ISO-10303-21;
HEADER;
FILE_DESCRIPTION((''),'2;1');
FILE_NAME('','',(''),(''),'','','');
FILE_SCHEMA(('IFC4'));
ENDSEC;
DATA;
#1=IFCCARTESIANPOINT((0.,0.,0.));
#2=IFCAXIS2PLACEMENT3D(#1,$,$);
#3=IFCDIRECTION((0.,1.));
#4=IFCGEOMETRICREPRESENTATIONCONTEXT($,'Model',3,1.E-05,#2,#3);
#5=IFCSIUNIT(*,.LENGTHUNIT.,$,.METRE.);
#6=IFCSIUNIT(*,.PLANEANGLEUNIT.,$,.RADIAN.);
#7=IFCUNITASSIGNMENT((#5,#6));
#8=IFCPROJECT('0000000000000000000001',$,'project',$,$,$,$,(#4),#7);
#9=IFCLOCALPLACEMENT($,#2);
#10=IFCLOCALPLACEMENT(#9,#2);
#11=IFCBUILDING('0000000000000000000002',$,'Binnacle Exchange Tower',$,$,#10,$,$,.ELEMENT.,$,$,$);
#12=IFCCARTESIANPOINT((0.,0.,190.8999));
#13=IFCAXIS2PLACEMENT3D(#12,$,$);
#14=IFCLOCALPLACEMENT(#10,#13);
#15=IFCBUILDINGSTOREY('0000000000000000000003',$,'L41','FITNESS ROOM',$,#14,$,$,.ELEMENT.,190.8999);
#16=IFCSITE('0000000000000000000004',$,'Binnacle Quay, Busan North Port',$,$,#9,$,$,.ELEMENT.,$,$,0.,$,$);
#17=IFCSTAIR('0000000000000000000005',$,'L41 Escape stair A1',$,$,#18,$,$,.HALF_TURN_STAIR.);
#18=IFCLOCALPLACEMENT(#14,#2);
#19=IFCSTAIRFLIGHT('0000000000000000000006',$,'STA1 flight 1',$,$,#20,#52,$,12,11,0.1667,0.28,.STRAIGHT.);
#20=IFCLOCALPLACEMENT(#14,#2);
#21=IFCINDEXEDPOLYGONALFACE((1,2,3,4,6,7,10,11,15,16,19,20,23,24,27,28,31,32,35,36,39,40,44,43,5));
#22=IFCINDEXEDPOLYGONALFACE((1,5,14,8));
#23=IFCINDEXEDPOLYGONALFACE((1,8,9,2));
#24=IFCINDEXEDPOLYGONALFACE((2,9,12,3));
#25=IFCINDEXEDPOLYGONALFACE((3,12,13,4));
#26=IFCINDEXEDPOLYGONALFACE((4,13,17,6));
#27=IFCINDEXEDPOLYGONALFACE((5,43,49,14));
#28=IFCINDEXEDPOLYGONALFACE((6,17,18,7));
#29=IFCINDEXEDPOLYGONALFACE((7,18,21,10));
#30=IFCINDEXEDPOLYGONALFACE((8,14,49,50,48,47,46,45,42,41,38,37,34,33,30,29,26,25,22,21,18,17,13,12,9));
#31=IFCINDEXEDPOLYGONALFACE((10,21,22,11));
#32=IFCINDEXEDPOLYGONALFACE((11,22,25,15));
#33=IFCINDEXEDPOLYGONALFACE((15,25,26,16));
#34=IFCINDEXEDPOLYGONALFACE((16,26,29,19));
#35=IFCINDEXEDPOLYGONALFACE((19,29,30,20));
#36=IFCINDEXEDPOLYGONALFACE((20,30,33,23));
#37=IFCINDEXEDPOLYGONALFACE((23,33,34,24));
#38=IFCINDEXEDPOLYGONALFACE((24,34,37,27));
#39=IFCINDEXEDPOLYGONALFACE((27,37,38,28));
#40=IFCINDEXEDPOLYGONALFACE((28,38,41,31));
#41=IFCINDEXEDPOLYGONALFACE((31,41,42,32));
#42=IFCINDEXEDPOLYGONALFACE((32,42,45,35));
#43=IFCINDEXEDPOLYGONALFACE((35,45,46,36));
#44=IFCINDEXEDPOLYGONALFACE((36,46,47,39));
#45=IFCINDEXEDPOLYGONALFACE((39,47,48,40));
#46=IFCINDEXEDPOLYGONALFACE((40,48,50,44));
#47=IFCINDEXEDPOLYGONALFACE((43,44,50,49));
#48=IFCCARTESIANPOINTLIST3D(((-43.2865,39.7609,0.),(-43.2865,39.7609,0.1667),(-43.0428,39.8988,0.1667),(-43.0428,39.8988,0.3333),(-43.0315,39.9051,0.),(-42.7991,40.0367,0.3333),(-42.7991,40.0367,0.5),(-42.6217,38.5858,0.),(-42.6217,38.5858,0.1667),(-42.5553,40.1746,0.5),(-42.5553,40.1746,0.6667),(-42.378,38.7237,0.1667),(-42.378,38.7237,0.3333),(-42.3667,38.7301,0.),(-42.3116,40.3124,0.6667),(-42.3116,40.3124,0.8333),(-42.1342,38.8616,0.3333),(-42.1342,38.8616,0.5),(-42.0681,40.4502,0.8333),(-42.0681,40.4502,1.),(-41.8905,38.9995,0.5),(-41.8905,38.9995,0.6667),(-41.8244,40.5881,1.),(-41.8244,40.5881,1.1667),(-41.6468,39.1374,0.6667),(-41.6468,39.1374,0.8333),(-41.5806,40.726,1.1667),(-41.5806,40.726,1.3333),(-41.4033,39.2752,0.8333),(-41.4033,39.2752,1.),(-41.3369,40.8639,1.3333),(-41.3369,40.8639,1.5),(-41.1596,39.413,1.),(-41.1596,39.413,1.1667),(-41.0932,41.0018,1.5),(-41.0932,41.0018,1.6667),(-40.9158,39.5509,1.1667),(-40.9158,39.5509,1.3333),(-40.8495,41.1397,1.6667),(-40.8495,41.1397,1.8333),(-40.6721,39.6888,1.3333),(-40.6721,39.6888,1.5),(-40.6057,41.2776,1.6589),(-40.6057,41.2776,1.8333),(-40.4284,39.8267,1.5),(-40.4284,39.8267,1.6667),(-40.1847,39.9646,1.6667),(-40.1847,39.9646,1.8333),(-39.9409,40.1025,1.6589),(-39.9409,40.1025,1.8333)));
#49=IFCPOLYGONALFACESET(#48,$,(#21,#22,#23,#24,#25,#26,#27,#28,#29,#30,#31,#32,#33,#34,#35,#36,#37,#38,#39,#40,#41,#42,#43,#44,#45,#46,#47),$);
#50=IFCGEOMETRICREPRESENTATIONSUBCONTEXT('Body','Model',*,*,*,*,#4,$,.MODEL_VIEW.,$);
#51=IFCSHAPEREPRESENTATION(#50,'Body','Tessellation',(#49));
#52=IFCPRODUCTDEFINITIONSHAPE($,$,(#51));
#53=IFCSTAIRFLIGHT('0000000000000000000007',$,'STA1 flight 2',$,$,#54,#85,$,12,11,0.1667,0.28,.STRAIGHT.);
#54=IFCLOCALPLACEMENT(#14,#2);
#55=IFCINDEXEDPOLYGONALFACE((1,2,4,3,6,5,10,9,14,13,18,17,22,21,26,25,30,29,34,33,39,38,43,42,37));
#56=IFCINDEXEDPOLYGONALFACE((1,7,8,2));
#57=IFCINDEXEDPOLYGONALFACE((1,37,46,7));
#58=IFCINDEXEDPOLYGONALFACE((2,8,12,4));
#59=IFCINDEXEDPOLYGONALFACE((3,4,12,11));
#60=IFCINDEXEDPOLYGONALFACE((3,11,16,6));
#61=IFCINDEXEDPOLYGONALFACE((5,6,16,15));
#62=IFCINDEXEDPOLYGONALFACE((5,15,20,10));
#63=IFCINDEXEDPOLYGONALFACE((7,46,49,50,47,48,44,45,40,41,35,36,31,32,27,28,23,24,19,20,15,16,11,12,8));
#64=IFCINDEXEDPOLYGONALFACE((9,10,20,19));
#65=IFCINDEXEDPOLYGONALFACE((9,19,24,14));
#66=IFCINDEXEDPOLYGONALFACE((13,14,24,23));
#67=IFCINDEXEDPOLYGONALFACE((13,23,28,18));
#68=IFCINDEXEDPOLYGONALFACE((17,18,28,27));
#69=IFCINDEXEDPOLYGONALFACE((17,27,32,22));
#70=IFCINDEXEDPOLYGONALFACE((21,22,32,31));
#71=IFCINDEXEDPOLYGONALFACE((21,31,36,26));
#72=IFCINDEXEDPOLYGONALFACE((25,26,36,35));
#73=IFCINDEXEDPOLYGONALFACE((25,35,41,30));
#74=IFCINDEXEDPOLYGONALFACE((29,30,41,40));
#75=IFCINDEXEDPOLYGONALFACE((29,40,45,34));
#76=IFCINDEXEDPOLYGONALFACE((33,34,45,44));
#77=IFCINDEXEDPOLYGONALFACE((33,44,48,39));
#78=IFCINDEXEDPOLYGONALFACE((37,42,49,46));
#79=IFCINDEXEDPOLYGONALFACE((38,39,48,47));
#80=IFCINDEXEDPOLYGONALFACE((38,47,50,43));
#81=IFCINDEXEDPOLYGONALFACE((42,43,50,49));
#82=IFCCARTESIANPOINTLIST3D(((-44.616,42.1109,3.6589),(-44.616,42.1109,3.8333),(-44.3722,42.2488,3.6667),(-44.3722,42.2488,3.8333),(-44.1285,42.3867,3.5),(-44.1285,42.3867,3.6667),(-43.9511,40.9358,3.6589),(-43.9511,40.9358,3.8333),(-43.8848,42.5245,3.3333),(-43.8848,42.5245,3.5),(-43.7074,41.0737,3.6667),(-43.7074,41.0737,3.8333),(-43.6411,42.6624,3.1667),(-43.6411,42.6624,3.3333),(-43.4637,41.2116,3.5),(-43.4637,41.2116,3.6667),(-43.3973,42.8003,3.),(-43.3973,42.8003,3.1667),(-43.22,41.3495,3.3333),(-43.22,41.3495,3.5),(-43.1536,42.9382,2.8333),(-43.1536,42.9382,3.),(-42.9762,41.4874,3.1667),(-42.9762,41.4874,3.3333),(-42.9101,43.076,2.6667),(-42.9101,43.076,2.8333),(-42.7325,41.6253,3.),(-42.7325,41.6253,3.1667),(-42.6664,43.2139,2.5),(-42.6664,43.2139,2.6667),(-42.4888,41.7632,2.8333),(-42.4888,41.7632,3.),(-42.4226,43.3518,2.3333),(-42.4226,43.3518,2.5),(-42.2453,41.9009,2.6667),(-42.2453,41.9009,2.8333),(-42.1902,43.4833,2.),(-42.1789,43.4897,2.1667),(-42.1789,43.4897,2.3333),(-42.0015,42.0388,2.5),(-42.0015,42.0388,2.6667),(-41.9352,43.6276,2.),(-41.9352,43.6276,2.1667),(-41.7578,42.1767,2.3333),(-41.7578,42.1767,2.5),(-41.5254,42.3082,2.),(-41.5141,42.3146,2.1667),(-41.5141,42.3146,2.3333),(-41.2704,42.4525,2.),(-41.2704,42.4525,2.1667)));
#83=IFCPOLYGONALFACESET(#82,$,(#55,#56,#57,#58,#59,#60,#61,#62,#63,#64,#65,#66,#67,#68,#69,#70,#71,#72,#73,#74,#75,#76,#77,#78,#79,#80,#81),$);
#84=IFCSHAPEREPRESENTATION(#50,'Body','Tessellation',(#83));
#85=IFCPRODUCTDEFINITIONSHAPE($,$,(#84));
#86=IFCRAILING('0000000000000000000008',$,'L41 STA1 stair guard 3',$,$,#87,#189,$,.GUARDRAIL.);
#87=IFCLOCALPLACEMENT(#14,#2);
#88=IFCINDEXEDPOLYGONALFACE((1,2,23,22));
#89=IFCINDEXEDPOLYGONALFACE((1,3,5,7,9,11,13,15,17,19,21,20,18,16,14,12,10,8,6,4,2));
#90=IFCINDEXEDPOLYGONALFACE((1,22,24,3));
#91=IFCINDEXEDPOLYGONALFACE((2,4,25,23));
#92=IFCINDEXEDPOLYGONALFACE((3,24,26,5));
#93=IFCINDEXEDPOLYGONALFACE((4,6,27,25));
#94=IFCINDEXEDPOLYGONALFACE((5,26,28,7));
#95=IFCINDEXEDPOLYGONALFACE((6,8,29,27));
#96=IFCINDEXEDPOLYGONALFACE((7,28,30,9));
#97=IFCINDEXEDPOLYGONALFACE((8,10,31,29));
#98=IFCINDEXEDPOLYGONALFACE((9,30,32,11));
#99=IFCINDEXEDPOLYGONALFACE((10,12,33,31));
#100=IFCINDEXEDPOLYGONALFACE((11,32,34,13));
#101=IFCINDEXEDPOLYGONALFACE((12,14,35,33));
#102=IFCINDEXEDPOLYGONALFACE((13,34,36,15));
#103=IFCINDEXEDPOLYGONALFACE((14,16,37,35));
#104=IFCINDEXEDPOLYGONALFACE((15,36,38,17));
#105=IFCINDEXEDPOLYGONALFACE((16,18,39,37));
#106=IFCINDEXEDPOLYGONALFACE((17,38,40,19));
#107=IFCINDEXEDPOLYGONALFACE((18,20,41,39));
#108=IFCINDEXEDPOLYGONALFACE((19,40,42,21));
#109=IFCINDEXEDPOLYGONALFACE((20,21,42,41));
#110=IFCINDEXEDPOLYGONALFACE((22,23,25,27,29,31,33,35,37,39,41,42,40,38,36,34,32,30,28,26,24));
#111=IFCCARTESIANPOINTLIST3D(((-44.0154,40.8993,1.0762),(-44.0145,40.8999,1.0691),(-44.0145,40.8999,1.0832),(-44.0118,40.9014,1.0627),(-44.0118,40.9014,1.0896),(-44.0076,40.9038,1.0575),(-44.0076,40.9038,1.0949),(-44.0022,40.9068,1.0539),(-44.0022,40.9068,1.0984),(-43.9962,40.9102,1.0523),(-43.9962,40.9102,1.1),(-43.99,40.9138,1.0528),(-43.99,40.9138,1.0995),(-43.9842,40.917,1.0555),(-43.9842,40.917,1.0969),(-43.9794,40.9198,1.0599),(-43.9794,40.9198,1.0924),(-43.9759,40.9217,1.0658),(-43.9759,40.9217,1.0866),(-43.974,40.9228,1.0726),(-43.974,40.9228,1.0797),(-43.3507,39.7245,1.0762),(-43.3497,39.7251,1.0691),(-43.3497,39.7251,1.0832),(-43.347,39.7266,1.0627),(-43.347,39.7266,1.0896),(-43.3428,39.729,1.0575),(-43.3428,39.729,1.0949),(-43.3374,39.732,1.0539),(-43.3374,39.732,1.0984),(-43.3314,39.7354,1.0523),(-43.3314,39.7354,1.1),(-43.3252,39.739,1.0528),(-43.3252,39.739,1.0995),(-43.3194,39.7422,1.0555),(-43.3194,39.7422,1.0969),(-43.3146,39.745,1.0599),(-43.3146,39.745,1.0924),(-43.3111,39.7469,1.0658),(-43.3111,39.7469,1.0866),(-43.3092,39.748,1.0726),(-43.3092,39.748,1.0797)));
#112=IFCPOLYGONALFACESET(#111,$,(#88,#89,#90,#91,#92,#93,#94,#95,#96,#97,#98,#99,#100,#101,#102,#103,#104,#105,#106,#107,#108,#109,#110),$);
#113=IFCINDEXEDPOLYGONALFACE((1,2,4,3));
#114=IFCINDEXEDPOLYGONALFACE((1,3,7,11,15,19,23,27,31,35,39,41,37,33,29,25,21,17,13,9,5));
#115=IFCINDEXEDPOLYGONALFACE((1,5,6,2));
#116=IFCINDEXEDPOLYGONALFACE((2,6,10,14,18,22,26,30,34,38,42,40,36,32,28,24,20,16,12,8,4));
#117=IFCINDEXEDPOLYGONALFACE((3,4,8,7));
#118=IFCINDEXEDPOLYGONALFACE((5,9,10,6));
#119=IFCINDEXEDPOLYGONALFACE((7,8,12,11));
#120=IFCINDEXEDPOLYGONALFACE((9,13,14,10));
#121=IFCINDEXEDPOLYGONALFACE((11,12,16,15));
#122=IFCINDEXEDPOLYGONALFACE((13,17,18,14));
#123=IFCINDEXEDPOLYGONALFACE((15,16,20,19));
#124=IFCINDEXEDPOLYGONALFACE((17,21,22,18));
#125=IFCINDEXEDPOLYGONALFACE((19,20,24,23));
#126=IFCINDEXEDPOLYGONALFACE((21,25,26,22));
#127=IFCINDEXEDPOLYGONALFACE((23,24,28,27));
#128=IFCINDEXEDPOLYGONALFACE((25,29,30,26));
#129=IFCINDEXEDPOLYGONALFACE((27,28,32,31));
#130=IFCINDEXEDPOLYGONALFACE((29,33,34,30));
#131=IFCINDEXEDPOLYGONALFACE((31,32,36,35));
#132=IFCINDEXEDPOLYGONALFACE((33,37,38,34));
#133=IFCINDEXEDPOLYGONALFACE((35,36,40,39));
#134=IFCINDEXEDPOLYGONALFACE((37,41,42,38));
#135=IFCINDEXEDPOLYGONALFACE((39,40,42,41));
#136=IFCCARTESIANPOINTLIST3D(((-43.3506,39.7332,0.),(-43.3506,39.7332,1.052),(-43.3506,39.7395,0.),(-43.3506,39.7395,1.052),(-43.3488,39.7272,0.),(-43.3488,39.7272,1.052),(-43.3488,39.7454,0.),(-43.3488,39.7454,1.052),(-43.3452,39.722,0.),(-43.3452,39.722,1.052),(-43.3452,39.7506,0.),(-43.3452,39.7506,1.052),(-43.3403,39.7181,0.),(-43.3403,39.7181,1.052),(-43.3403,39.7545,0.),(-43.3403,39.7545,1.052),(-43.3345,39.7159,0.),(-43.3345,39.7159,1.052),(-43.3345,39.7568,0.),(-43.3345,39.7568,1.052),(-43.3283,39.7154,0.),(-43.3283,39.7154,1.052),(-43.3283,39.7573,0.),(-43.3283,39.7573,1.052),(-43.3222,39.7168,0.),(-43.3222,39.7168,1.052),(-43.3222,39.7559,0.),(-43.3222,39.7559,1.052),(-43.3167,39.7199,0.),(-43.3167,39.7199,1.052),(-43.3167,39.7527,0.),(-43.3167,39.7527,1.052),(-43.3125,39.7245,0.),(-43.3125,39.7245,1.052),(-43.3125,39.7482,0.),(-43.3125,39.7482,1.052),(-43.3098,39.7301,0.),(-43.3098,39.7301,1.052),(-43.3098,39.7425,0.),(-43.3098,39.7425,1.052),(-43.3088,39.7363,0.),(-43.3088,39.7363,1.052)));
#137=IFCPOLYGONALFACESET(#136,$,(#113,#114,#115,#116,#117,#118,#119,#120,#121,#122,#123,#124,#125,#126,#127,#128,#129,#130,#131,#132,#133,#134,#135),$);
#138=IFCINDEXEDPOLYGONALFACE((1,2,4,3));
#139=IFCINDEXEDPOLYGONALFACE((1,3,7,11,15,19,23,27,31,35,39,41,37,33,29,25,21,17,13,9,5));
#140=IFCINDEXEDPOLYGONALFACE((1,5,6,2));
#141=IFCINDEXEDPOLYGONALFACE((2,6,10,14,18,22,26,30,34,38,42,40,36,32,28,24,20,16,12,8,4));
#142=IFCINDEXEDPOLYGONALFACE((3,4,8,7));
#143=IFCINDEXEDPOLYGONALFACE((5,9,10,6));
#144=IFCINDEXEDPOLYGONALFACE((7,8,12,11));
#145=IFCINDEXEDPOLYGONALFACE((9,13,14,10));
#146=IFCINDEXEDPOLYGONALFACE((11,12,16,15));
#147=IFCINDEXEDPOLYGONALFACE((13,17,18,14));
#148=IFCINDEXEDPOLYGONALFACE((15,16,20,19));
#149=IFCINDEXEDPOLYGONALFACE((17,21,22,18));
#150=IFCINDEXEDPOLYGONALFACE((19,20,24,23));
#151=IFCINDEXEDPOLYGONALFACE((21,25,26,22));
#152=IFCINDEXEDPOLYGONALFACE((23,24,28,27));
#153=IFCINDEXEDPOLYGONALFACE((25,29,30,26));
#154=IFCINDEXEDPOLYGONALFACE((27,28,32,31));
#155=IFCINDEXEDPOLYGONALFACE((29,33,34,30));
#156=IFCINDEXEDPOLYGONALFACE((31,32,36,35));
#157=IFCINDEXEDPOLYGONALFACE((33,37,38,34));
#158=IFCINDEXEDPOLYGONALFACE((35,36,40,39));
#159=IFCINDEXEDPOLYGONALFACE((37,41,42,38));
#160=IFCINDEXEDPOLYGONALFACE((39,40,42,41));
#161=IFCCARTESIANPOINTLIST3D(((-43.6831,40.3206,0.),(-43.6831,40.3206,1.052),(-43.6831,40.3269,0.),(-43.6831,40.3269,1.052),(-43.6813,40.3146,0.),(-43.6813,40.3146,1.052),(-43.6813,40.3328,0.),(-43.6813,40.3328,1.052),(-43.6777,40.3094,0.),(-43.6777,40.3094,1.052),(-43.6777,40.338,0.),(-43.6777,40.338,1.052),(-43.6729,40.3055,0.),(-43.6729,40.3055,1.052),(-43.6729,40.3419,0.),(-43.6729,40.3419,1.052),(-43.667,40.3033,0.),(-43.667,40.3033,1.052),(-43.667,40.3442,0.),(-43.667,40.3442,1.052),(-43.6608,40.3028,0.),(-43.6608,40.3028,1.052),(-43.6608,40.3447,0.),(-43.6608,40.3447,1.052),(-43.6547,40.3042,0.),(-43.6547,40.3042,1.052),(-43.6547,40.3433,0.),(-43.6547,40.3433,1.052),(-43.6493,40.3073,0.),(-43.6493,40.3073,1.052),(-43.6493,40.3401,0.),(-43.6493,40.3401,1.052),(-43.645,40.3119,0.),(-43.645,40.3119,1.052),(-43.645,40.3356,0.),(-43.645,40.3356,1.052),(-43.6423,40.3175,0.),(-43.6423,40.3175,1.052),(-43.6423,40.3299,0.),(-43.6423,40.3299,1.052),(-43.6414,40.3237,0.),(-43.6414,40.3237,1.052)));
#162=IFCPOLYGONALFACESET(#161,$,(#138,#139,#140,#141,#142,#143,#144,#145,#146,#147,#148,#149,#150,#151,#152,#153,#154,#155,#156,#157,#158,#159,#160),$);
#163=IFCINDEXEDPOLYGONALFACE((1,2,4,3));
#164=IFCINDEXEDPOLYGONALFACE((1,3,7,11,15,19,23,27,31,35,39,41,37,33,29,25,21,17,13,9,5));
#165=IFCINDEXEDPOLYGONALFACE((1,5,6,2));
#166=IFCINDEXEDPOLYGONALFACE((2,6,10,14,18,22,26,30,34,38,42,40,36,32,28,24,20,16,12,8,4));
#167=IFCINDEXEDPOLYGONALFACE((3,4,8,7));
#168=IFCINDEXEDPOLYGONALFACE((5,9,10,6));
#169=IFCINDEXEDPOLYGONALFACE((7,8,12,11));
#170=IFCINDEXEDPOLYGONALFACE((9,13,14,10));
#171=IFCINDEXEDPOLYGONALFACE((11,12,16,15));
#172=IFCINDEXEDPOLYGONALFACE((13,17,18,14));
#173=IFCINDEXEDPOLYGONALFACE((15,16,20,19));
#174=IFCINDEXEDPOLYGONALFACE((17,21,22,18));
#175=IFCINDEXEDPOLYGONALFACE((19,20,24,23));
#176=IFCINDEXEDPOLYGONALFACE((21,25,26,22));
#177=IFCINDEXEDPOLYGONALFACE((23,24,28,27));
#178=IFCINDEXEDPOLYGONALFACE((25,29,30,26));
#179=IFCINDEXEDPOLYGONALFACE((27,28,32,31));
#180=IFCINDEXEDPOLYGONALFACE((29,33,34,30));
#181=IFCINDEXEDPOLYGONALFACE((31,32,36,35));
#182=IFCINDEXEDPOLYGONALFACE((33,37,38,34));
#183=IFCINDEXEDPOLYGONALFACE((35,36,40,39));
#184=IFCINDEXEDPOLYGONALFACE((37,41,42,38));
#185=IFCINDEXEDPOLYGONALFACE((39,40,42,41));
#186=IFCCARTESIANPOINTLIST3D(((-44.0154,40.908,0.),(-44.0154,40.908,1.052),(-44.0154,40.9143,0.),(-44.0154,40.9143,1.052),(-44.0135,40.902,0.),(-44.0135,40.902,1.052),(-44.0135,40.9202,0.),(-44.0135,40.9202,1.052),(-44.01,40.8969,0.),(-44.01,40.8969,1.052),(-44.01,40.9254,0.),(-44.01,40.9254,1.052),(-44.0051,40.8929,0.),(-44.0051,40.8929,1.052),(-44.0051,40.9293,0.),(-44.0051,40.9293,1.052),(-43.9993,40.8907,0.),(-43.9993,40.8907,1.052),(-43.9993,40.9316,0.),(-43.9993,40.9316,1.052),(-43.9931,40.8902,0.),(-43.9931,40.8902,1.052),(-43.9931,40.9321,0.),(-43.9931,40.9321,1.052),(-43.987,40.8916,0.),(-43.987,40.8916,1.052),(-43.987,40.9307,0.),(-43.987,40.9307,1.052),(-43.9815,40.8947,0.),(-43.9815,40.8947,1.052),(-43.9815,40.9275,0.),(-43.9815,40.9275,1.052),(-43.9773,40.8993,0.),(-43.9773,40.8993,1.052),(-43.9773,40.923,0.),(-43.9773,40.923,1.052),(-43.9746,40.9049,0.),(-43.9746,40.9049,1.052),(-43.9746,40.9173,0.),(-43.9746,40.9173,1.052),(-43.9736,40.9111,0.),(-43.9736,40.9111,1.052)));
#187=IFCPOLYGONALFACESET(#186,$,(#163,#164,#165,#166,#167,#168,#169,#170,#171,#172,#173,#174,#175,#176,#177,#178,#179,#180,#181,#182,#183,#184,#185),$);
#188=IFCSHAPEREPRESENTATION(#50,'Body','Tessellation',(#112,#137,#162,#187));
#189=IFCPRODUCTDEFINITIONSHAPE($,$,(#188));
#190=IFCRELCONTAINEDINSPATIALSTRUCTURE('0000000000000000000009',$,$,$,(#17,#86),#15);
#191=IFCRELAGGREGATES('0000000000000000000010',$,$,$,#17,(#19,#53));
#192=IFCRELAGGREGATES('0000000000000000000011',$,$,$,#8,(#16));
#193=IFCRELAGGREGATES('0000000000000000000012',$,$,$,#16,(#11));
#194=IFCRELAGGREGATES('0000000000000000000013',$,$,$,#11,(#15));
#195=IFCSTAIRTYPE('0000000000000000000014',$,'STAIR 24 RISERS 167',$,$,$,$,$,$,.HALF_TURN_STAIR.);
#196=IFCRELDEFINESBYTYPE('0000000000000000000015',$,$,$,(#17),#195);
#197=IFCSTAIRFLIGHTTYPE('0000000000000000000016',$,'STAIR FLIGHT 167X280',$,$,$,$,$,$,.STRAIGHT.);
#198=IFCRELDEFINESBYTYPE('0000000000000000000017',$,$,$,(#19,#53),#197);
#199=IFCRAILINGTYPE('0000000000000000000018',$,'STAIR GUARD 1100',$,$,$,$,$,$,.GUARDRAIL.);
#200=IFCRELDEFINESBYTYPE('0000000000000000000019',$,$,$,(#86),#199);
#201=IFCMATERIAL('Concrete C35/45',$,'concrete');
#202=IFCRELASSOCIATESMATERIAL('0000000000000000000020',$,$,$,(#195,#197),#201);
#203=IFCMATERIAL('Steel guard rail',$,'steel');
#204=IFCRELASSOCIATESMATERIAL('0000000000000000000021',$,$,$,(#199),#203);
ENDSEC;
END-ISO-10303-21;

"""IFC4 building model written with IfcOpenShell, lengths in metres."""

from ifc_helpers import new_model, si_unit, direction, frame, origin, origin_2d, place, context, subcontext, project, spatial, polyline, circle, outline, extrude, material, type_object, element, aggregate, save


model = new_model("IFC4")

# Units and contexts
model_context = context("Model", 3, precision=1e-05, world=origin(), true_north=direction((0.0, 1.0)))
body_context = subcontext(model_context, "Body", "Model", "MODEL_VIEW")
ifc_project = project(units=[si_unit("LENGTHUNIT", "METRE"), si_unit("PLANEANGLEUNIT", "RADIAN")], contexts=[model_context])

# Site, building, storey
site_placement = place(None, origin())
site = spatial("IfcSite", under=ifc_project, at=site_placement, Name="Binnacle Quay, Busan North Port", CompositionType="ELEMENT", RefElevation=0.0)
building_placement = place(site_placement, origin())
building = spatial("IfcBuilding", under=site, at=building_placement, Name="Binnacle Exchange Tower", CompositionType="ELEMENT")
storey_placement = place(building_placement, frame((0.0, 0.0, 190.8999)))
storey = spatial("IfcBuildingStorey", under=building, at=storey_placement, Name="L41", Description="FITNESS ROOM", CompositionType="ELEMENT", Elevation=190.8999)

# Stair, stair flights
ifc_material_1 = material(Name="Concrete C35/45", Category="concrete")
stair_type = type_object("IfcStairType", Name="STAIR 24 RISERS 167", PredefinedType="HALF_TURN_STAIR", material=ifc_material_1)
stair_placement = place(storey_placement, origin())
stair = element("IfcStair", 1, at=stair_placement, inside=storey, type_object=stair_type, Name="L41 Escape stair A1", PredefinedType="HALF_TURN_STAIR")
stair_flight_type = type_object("IfcStairFlightType", Name="STAIR FLIGHT 167X280", PredefinedType="STRAIGHT", material=ifc_material_1)
stair_flight_1_placement = place(storey_placement, frame((-42.9541, 39.1733, 0.0), z_axis=(0.0, 0.0, 1.0), x_axis=(0.870356, 0.492424, 0.0)))
stair_flight_1 = element("IfcStairFlight", 2, at=stair_flight_1_placement, type_object=stair_flight_type, Name="STA1 flight 1", NumberOfRisers=12, NumberOfTreads=11, PredefinedType="STRAIGHT", RiserHeight=0.1667, TreadLength=0.28, context=body_context, shape_type="SweptSolid", body=[
    extrude(outline(polyline([(0.0, 0.0), (0.0, 0.1667), (0.28, 0.1667), (0.28, 0.3333), (0.5601, 0.3333), (0.5601, 0.5), (0.8401, 0.5), (0.8401, 0.6667), (1.1201, 0.6667), (1.1201, 0.8333), (1.3999, 0.8333), (1.3999, 1.0), (1.6799, 1.0), (1.6799, 1.1667), (1.96, 1.1667), (1.96, 1.3333), (2.24, 1.3333), (2.24, 1.5), (2.52, 1.5), (2.52, 1.6667), (2.8, 1.6667), (2.8, 1.8333), (3.0801, 1.8333), (3.0801, 2.0), (3.0801, 1.6589), (0.293, 0.0), (0.0, 0.0)])), frame((0.0, 0.675, 0.0), z_axis=(0.0, -1.0, 0.0), x_axis=(1.0, 0.0, 0.0)), (0.0, 0.0, 1.0), 1.3501),
])
stair_flight_2_placement = place(storey_placement, frame((-41.6028, 43.04, 2.0), z_axis=(0.0, 0.0, 1.0), x_axis=(-0.870356, -0.492424, 0.0)))
stair_flight_2 = element("IfcStairFlight", 3, at=stair_flight_2_placement, type_object=stair_flight_type, Name="STA1 flight 2", NumberOfRisers=12, NumberOfTreads=11, PredefinedType="STRAIGHT", RiserHeight=0.1667, TreadLength=0.28, context=body_context, shape_type="SweptSolid", body=[
    extrude(outline(polyline([(0.0, 0.0), (0.0, 0.1667), (0.28, 0.1667), (0.28, 0.3333), (0.5601, 0.3333), (0.5601, 0.5), (0.8401, 0.5), (0.8401, 0.6667), (1.1201, 0.6667), (1.1201, 0.8333), (1.3999, 0.8333), (1.3999, 1.0), (1.6799, 1.0), (1.6799, 1.1667), (1.96, 1.1667), (1.96, 1.3333), (2.24, 1.3333), (2.24, 1.5), (2.52, 1.5), (2.52, 1.6667), (2.8, 1.6667), (2.8, 1.8333), (3.0801, 1.8333), (3.0801, 2.0), (3.0801, 1.6589), (0.293, 0.0), (0.0, 0.0)])), frame((0.0, 0.675, 0.0), z_axis=(0.0, -1.0, 0.0), x_axis=(1.0, 0.0, 0.0)), (0.0, 0.0, 1.0), 1.3501),
])
aggregate(stair, [stair_flight_1, stair_flight_2])

# Railing
ifc_material_2 = material(Name="Steel guard rail", Category="steel")
railing_type_1 = type_object("IfcRailingType", Name="STAIR GUARD 1100", PredefinedType="GUARDRAIL", material=ifc_material_2)
railing_1_placement = place(storey_placement, frame((-43.3298, 39.7363, 0.0)))
element("IfcRailing", 4, at=railing_1_placement, inside=storey, type_object=railing_type_1, Name="L41 STA1 stair guard 3", PredefinedType="GUARDRAIL", context=body_context, shape_type="SweptSolid", body=[
    extrude(circle(Radius=0.0239, at=origin_2d()), frame((0.0, 0.0, 1.0762), z_axis=(-0.492492, 0.870317, 0.0), x_axis=(-0.870317, -0.492492, 0.0)), (0.0, 0.0, 1.0), 1.3499),
    extrude(circle(Radius=0.021, at=origin_2d()), origin(), (0.0, 0.0, 1.0), 1.052),
    extrude(circle(Radius=0.021, at=origin_2d()), frame((-0.3325, 0.5874, 0.0)), (0.0, 0.0, 1.0), 1.052),
    extrude(circle(Radius=0.021, at=origin_2d()), frame((-0.6648, 1.1748, 0.0)), (0.0, 0.0, 1.0), 1.052),
])

save(model, "model.ifc")
